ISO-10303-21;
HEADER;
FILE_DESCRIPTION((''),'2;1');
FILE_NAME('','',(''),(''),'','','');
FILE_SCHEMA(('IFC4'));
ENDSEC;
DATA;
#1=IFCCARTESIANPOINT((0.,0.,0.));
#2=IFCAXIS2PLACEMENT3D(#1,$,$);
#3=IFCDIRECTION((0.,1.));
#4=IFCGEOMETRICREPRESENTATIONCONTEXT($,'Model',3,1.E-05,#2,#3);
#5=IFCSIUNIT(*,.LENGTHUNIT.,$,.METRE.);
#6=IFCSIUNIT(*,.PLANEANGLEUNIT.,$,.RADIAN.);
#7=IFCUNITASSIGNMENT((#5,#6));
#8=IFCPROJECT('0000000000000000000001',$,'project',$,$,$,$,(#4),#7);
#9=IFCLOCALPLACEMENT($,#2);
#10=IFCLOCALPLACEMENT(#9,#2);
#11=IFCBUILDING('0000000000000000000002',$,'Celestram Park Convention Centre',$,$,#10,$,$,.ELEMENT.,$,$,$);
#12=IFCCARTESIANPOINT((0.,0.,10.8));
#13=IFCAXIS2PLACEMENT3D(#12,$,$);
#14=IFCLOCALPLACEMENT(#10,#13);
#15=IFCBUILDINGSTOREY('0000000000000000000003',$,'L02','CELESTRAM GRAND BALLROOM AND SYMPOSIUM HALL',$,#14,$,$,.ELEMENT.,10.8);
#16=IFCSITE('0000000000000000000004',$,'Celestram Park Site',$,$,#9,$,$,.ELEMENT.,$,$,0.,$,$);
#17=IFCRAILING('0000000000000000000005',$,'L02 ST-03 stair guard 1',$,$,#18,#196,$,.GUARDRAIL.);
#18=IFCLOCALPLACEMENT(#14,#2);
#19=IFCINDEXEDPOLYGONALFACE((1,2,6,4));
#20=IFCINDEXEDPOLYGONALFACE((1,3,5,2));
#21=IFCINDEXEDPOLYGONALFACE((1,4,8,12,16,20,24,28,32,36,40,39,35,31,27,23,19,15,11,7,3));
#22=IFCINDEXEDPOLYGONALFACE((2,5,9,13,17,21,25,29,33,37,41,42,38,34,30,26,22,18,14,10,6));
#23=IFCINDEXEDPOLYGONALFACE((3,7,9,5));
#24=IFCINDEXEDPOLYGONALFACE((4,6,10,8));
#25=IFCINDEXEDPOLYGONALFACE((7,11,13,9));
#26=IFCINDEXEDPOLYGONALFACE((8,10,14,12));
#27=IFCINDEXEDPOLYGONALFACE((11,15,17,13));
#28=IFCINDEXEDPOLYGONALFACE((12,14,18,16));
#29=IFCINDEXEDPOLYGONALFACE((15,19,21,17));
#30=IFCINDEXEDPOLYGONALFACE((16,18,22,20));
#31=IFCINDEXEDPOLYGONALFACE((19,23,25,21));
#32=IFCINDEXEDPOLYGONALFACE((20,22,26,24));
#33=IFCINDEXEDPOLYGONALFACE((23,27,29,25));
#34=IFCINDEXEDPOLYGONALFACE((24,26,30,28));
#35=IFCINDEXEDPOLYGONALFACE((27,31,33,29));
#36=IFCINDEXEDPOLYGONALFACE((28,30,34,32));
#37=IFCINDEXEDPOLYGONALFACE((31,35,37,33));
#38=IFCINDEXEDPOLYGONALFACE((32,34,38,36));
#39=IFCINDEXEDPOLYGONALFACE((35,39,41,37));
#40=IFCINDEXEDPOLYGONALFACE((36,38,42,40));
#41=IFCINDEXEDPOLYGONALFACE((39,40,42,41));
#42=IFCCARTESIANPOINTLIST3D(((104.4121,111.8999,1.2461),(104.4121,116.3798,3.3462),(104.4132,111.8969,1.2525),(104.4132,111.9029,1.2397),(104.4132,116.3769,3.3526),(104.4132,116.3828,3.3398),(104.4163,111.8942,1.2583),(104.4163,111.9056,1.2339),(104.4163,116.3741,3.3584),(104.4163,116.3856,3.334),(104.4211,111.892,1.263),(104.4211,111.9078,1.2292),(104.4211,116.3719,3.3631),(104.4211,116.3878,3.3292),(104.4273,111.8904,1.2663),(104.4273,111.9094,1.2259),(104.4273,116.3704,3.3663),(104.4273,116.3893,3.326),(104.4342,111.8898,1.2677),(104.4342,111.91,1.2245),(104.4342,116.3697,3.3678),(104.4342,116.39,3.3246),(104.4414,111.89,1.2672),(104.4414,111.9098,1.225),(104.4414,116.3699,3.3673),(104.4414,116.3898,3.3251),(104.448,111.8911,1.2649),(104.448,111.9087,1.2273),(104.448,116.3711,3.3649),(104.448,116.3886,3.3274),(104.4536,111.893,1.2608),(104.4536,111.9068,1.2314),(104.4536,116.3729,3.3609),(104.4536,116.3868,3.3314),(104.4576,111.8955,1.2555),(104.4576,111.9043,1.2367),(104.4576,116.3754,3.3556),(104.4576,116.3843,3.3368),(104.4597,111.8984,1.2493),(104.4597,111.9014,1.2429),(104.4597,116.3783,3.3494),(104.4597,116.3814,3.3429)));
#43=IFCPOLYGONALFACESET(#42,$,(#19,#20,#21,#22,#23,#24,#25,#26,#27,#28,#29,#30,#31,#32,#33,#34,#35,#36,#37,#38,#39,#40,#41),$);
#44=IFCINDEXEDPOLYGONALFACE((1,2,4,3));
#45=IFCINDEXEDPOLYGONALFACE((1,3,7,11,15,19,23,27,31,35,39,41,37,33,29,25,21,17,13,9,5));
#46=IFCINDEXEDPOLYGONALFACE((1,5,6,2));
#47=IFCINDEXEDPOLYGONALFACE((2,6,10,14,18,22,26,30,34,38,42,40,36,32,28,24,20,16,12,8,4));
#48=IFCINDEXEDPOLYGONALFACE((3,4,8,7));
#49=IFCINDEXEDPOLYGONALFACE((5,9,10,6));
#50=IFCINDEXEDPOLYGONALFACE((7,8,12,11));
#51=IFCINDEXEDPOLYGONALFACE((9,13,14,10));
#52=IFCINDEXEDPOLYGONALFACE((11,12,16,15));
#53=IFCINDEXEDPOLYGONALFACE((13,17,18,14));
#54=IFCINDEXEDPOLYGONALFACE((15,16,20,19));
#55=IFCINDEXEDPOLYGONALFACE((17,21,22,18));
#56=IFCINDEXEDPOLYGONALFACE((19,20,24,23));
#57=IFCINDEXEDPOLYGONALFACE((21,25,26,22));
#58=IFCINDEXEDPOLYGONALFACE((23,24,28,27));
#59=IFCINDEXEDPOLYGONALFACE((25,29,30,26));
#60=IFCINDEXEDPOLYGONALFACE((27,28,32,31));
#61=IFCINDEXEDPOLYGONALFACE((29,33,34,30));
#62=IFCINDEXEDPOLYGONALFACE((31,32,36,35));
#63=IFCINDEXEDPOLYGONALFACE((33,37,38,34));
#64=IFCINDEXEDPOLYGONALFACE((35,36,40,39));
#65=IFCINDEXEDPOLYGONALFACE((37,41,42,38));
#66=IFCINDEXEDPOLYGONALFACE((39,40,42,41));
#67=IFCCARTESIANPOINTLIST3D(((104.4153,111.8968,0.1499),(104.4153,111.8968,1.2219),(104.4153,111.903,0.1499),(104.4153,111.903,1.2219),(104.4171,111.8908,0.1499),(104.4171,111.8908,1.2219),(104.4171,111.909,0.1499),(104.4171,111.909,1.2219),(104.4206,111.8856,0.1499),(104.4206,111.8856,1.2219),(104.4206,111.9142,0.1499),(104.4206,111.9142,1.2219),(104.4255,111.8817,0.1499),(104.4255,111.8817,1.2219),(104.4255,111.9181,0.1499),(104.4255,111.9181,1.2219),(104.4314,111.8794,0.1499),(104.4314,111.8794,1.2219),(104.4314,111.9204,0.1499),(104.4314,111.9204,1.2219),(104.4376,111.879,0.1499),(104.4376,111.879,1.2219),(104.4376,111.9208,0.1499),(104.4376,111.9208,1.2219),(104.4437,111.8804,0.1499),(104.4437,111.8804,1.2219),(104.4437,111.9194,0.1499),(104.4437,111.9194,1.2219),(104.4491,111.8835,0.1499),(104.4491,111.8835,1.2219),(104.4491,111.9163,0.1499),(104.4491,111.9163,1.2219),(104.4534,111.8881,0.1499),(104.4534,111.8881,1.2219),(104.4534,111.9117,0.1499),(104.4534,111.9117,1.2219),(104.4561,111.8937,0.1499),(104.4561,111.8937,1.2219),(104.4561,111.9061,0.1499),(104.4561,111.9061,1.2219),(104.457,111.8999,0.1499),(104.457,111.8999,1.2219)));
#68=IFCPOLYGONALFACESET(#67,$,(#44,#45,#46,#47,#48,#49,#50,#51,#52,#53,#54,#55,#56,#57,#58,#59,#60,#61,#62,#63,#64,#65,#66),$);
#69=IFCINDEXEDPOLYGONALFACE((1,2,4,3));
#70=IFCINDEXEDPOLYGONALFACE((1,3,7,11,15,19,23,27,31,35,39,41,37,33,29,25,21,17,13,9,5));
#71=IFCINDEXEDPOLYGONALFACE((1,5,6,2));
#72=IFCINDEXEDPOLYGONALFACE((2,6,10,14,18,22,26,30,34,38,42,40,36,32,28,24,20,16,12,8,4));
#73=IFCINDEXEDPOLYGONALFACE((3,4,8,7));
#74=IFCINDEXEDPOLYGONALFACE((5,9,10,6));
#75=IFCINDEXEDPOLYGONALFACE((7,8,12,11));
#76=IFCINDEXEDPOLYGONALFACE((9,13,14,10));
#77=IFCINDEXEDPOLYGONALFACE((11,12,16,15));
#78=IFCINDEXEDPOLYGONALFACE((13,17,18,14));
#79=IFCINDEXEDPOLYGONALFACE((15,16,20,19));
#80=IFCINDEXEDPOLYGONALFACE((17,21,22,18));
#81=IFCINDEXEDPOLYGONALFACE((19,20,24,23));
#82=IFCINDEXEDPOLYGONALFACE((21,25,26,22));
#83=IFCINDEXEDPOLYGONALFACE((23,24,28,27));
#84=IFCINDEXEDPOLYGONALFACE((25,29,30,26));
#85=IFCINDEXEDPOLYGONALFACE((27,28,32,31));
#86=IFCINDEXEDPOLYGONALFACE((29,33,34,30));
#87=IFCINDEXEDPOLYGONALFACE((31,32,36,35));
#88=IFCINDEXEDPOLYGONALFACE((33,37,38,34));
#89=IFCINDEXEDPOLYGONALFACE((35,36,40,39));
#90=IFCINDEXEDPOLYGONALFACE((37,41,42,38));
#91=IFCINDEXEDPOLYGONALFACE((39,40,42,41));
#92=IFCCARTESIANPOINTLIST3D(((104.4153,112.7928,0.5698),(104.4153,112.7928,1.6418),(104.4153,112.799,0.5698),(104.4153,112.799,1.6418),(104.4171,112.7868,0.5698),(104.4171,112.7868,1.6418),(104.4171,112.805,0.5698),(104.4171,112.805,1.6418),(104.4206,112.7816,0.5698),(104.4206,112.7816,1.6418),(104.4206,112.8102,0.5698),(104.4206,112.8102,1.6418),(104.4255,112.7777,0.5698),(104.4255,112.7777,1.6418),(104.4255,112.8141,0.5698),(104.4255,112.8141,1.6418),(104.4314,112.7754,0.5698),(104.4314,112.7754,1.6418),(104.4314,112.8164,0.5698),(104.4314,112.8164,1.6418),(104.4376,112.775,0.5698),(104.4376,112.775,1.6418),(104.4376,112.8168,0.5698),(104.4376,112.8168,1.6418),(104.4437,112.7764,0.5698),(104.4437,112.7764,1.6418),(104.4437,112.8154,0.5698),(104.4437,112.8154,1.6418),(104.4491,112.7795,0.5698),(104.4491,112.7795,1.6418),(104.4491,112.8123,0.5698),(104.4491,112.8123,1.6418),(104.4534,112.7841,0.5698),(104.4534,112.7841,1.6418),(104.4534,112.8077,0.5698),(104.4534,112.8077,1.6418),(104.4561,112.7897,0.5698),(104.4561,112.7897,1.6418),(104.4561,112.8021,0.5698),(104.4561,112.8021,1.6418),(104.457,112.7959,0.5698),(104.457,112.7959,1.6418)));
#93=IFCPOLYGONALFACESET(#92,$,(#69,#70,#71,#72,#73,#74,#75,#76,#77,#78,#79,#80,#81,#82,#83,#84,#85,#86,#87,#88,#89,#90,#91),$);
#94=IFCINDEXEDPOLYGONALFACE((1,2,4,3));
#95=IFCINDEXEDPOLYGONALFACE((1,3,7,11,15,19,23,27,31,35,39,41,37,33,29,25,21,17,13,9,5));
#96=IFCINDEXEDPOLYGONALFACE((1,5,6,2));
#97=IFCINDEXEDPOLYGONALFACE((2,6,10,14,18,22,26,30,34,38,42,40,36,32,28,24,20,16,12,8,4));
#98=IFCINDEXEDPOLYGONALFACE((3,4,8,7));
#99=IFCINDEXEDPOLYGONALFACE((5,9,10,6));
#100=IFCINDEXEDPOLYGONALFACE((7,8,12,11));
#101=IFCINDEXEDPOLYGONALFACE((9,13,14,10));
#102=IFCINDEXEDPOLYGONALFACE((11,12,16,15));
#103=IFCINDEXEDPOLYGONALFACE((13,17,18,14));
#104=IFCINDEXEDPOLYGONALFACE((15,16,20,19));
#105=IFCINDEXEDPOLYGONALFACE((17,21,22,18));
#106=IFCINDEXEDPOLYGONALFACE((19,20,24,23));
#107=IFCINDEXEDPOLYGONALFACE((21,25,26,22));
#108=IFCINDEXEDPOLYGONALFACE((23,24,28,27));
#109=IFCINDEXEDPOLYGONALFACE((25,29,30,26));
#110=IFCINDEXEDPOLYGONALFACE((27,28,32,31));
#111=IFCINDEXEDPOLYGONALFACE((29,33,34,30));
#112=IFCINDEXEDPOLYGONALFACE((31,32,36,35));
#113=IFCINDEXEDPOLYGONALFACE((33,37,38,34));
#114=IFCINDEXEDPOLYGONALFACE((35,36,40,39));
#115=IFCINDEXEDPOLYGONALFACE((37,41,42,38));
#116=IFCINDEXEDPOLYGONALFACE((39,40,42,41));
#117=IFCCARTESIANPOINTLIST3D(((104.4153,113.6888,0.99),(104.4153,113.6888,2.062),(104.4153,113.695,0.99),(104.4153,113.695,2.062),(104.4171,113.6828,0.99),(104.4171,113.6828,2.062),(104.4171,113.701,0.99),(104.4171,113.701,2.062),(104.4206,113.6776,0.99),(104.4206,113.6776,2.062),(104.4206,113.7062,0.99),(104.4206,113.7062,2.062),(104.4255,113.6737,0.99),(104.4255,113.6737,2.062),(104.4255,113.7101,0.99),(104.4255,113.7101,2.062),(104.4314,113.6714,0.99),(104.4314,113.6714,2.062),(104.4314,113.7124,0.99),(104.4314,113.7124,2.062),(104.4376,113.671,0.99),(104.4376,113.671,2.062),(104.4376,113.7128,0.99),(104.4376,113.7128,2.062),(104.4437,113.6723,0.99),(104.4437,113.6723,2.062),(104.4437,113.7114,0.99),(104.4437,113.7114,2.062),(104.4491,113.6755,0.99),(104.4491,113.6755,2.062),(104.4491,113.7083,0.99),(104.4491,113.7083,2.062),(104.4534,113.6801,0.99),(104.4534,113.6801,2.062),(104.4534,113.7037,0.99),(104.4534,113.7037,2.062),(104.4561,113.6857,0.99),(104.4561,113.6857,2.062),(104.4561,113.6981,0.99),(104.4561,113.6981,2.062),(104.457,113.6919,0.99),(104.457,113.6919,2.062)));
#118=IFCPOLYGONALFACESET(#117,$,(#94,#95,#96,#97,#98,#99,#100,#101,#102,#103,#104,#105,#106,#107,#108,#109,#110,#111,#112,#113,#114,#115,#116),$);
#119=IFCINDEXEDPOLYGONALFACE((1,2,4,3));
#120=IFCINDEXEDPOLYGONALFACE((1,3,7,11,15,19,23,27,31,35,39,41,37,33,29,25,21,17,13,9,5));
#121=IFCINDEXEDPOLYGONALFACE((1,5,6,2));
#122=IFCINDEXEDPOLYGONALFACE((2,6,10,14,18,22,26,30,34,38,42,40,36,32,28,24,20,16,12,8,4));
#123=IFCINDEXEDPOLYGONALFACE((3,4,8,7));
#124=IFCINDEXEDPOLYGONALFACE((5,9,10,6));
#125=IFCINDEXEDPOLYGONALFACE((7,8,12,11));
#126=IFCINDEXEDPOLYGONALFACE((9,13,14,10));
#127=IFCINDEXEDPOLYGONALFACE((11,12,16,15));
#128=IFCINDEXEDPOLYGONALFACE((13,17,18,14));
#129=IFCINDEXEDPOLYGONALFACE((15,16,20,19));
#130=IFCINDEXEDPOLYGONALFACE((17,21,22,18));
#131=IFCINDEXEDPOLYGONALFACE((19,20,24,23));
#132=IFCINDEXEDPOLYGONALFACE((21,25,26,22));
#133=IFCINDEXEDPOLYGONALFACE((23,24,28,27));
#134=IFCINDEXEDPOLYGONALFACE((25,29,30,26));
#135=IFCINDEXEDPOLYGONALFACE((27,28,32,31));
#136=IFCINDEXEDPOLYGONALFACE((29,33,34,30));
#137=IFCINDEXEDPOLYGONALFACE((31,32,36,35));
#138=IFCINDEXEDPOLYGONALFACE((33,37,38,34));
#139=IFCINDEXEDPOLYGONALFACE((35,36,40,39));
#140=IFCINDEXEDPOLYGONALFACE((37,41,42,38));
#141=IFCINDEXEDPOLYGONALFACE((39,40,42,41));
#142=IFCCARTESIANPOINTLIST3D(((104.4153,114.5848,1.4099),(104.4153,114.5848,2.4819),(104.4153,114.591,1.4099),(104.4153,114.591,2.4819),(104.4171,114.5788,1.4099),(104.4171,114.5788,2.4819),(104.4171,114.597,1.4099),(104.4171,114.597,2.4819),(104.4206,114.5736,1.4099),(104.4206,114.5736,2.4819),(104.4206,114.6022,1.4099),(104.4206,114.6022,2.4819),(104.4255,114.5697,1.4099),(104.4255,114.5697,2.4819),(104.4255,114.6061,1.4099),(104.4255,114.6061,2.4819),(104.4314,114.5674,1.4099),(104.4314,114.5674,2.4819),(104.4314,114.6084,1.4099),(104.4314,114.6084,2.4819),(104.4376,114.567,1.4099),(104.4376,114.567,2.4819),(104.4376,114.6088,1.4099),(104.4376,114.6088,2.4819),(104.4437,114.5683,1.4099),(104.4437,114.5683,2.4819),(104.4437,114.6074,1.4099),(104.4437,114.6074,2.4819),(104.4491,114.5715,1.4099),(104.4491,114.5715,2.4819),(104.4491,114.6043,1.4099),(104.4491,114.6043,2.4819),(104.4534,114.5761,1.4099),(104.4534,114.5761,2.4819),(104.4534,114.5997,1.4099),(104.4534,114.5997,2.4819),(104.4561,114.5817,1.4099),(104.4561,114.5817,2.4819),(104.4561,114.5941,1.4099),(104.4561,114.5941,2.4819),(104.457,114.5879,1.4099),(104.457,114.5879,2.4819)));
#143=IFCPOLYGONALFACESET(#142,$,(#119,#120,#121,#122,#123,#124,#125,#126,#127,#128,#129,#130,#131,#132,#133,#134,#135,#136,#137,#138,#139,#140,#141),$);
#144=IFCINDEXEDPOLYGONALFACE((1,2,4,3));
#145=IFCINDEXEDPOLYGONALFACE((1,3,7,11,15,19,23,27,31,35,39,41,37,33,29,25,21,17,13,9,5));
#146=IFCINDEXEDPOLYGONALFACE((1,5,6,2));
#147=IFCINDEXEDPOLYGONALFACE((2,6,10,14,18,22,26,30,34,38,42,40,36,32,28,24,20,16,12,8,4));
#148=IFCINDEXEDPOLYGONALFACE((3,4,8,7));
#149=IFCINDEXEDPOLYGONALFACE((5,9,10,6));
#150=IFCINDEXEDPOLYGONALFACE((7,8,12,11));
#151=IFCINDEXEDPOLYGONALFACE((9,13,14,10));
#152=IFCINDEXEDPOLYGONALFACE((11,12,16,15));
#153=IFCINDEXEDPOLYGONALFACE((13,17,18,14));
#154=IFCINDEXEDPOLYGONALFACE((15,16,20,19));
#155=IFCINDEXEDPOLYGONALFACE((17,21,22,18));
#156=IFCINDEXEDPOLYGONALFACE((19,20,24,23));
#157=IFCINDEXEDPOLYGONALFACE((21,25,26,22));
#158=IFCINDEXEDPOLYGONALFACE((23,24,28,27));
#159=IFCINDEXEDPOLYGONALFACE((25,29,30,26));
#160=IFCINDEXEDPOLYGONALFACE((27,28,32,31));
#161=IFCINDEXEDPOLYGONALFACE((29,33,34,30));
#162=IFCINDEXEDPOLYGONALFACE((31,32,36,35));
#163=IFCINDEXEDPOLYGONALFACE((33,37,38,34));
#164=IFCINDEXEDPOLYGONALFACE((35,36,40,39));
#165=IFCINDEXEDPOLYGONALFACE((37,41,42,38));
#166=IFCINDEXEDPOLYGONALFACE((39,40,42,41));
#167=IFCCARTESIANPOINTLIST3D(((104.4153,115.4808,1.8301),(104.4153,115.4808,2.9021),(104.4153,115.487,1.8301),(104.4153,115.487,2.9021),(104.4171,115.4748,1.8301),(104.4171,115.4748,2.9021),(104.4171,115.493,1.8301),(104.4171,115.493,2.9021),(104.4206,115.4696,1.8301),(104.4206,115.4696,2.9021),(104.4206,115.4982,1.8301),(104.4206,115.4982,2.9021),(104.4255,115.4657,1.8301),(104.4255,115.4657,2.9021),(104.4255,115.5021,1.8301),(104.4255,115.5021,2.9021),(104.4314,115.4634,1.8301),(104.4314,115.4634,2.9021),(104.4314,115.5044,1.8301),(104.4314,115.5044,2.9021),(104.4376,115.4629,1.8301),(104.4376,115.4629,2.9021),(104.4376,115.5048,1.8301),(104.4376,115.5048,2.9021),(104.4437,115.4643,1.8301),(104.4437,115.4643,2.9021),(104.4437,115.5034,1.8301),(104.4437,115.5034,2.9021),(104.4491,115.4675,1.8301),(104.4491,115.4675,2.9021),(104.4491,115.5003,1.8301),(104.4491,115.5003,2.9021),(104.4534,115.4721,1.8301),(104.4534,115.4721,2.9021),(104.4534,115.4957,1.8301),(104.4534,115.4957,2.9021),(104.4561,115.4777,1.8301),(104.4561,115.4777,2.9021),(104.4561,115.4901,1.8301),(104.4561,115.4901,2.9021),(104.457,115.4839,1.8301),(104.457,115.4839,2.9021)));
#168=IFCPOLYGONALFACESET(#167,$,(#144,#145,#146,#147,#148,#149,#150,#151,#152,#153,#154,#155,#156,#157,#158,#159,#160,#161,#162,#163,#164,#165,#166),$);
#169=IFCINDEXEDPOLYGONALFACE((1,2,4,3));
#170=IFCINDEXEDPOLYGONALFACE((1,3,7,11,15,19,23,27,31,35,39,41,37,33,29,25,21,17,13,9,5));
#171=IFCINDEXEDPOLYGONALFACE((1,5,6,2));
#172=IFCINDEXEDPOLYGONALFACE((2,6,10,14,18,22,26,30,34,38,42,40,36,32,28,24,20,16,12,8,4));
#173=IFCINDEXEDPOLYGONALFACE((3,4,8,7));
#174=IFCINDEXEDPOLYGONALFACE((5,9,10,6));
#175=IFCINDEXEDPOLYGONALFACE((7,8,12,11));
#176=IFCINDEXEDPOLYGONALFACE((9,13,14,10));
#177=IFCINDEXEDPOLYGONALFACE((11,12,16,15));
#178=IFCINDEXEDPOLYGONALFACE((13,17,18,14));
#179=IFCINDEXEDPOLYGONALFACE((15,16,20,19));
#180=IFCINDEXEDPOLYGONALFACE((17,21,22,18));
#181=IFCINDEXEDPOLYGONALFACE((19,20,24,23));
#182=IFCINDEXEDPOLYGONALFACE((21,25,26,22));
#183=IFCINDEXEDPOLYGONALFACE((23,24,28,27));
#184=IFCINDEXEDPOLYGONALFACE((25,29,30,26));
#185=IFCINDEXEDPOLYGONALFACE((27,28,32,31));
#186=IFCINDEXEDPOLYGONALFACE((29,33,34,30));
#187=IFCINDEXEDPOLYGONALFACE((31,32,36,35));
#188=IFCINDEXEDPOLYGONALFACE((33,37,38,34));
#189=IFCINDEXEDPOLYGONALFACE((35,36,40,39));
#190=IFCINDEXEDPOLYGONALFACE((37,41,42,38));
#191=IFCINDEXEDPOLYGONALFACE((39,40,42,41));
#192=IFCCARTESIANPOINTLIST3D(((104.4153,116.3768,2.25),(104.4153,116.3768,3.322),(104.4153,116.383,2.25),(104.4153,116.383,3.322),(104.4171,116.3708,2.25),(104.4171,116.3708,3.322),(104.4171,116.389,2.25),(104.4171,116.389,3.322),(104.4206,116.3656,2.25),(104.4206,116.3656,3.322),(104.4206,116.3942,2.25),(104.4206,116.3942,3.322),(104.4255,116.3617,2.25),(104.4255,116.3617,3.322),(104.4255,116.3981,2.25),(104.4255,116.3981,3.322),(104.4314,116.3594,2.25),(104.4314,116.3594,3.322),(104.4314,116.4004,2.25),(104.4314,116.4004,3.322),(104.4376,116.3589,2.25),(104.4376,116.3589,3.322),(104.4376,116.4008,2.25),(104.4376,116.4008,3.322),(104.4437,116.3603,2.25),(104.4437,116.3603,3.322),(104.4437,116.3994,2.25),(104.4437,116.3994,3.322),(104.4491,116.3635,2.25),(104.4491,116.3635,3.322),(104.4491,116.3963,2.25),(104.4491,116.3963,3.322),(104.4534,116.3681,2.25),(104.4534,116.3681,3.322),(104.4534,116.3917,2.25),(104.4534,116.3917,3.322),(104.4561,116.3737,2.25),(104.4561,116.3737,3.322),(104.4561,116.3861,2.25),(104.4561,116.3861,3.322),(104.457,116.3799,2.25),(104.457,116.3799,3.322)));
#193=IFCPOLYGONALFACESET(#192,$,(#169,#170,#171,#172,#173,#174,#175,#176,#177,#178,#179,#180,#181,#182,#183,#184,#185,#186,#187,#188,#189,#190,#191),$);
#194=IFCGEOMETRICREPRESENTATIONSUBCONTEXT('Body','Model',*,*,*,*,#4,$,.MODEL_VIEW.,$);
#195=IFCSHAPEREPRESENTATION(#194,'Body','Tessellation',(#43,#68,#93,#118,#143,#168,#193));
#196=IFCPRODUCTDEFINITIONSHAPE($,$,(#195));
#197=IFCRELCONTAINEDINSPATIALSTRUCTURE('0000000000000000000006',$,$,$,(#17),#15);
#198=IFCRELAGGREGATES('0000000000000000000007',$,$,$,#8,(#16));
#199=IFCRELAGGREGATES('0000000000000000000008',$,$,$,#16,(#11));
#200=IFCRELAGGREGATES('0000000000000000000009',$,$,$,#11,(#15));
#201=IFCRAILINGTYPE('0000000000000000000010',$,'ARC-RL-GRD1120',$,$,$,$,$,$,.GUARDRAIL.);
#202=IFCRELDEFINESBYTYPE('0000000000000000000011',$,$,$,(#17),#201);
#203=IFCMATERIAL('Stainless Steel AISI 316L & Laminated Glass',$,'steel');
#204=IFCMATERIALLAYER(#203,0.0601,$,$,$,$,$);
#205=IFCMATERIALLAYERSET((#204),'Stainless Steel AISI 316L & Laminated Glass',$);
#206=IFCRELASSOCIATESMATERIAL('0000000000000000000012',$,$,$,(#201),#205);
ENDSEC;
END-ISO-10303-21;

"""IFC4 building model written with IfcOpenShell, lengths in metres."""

from ifc_helpers import new_model, si_unit, direction, frame, origin, origin_2d, place, context, subcontext, project, spatial, circle, extrude, material, layer, layer_set, type_object, element, save


model = new_model("IFC4")

# Units and contexts
model_context = context("Model", 3, precision=1e-05, world=origin(), true_north=direction((0.0, 1.0)))
body_context = subcontext(model_context, "Body", "Model", "MODEL_VIEW")
ifc_project = project(units=[si_unit("LENGTHUNIT", "METRE"), si_unit("PLANEANGLEUNIT", "RADIAN")], contexts=[model_context])

# Site, building, storey
site_placement = place(None, origin())
site = spatial("IfcSite", under=ifc_project, at=site_placement, Name="Celestram Park Site", CompositionType="ELEMENT", RefElevation=0.0)
building_placement = place(site_placement, origin())
building = spatial("IfcBuilding", under=site, at=building_placement, Name="Celestram Park Convention Centre", CompositionType="ELEMENT")
storey_placement = place(building_placement, frame((0.0, 0.0, 10.8)))
storey = spatial("IfcBuildingStorey", under=building, at=storey_placement, Name="L02", Description="CELESTRAM GRAND BALLROOM AND SYMPOSIUM HALL", CompositionType="ELEMENT", Elevation=10.8)

# Railing
ifc_material_1 = material(Name="Stainless Steel AISI 316L & Laminated Glass", Category="steel")
ifc_layer_1 = layer(ifc_material_1, 0.0601)
ifc_layer_set_1 = layer_set([ifc_layer_1], Name="Stainless Steel AISI 316L & Laminated Glass")
railing_type_1 = type_object("IfcRailingType", Name="ARC-RL-GRD1120", PredefinedType="GUARDRAIL", material=ifc_layer_set_1)
railing_1_placement = place(storey_placement, frame((104.436, 111.8999, 0.1499)))
element("IfcRailing", 1, at=railing_1_placement, inside=storey, type_object=railing_type_1, Name="L02 ST-03 stair guard 1", PredefinedType="GUARDRAIL", context=body_context, shape_type="SweptSolid", body=[
    extrude(circle(Radius=0.0239, at=origin_2d()), frame((0.0, 0.0, 1.0962), z_axis=(0.0, 0.905451, 0.424452), x_axis=(-1.0, 0.0, 0.0)), (0.0, 0.0, 1.0), 4.9478),
    extrude(circle(Radius=0.021, at=origin_2d()), origin(), (0.0, 0.0, 1.0), 1.072),
    extrude(circle(Radius=0.021, at=origin_2d()), frame((0.0, 0.896, 0.4199)), (0.0, 0.0, 1.0), 1.072),
    extrude(circle(Radius=0.021, at=origin_2d()), frame((0.0, 1.792, 0.8401)), (0.0, 0.0, 1.0), 1.072),
    extrude(circle(Radius=0.021, at=origin_2d()), frame((0.0, 2.688, 1.26)), (0.0, 0.0, 1.0), 1.072),
    extrude(circle(Radius=0.021, at=origin_2d()), frame((0.0, 3.584, 1.6802)), (0.0, 0.0, 1.0), 1.072),
    extrude(circle(Radius=0.021, at=origin_2d()), frame((0.0, 4.48, 2.1001)), (0.0, 0.0, 1.0), 1.072),
])

save(model, "model.ifc")
